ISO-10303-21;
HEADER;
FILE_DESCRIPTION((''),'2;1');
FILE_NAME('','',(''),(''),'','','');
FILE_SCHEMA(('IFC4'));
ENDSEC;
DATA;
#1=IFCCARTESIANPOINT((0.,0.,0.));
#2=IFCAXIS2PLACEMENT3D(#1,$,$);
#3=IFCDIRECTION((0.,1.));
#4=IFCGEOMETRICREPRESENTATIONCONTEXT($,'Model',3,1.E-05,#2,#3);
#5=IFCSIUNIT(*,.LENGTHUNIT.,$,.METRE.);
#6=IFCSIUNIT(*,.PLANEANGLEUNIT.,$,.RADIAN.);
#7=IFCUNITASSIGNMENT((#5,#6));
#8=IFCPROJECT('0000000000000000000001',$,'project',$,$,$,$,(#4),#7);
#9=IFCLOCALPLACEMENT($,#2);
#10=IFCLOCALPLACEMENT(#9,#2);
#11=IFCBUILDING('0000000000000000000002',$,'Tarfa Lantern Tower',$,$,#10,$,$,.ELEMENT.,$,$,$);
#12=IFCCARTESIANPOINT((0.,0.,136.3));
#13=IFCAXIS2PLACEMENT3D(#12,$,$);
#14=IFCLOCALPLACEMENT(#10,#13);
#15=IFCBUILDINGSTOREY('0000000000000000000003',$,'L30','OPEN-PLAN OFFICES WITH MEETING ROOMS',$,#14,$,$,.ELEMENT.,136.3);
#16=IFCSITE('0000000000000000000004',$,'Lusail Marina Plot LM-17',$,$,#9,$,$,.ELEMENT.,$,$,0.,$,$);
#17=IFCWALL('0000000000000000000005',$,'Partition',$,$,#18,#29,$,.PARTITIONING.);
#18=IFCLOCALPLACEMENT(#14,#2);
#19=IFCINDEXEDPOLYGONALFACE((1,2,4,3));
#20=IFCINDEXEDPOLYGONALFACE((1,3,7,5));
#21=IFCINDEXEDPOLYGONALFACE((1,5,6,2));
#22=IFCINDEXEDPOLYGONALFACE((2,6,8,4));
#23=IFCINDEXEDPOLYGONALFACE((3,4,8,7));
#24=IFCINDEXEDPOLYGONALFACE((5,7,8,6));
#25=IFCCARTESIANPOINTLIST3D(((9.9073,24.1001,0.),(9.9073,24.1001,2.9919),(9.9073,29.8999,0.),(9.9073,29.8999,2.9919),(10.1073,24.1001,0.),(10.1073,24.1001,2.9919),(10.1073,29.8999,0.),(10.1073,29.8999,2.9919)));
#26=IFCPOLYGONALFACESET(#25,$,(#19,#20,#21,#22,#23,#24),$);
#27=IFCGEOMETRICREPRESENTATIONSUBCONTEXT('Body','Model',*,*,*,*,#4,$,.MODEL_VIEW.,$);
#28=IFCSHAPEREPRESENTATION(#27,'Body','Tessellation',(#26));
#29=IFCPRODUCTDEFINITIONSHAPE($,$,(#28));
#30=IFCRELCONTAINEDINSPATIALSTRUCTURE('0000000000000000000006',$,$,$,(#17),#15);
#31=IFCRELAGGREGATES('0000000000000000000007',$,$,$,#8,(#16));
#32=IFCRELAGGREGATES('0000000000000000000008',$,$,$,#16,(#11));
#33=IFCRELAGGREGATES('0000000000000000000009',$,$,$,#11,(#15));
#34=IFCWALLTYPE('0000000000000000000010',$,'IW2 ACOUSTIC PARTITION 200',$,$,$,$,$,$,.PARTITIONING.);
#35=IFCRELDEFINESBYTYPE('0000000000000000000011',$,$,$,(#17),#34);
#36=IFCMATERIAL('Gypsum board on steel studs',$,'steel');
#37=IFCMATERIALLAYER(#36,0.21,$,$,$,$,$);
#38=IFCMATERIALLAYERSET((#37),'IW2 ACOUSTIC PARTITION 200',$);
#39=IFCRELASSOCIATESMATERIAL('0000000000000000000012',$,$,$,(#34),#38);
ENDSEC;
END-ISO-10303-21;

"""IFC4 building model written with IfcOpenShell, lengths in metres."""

from ifc_helpers import new_model, si_unit, direction, frame, frame_2d, origin, place, context, subcontext, project, spatial, rectangle, extrude, material, layer, layer_set, type_object, element, save


model = new_model("IFC4")

# Units and contexts
model_context = context("Model", 3, precision=1e-05, world=origin(), true_north=direction((0.0, 1.0)))
body_context = subcontext(model_context, "Body", "Model", "MODEL_VIEW")
ifc_project = project(units=[si_unit("LENGTHUNIT", "METRE"), si_unit("PLANEANGLEUNIT", "RADIAN")], contexts=[model_context])

# Site, building, storey
site_placement = place(None, origin())
site = spatial("IfcSite", under=ifc_project, at=site_placement, Name="Lusail Marina Plot LM-17", CompositionType="ELEMENT", RefElevation=0.0)
building_placement = place(site_placement, origin())
building = spatial("IfcBuilding", under=site, at=building_placement, Name="Tarfa Lantern Tower", CompositionType="ELEMENT")
storey_placement = place(building_placement, frame((0.0, 0.0, 136.3)))
storey = spatial("IfcBuildingStorey", under=building, at=storey_placement, Name="L30", Description="OPEN-PLAN OFFICES WITH MEETING ROOMS", CompositionType="ELEMENT", Elevation=136.3)

# Shared definitions
ifc_material_1 = material(Name="Gypsum board on steel studs", Category="steel")
ifc_layer_1 = layer(ifc_material_1, 0.21)
ifc_layer_set_1 = layer_set([ifc_layer_1], Name="IW2 ACOUSTIC PARTITION 200")
wall_type_1 = type_object("IfcWallType", Name="IW2 ACOUSTIC PARTITION 200", PredefinedType="PARTITIONING", material=ifc_layer_set_1)

# Wall
wall_1_placement = place(storey_placement, frame((10.0073, 24.1001, 0.0), z_axis=(0.0, 0.0, 1.0), x_axis=(0.0, 1.0, 0.0)))
element("IfcWall", 1, at=wall_1_placement, inside=storey, type_object=wall_type_1, Name="Partition", PredefinedType="PARTITIONING", context=body_context, shape_type="SweptSolid", body=[
    extrude(rectangle(XDim=5.7998, YDim=0.2, at=frame_2d((2.8999, 0.0))), origin(), (0.0, 0.0, 1.0), 2.9919),
])

save(model, "model.ifc")
